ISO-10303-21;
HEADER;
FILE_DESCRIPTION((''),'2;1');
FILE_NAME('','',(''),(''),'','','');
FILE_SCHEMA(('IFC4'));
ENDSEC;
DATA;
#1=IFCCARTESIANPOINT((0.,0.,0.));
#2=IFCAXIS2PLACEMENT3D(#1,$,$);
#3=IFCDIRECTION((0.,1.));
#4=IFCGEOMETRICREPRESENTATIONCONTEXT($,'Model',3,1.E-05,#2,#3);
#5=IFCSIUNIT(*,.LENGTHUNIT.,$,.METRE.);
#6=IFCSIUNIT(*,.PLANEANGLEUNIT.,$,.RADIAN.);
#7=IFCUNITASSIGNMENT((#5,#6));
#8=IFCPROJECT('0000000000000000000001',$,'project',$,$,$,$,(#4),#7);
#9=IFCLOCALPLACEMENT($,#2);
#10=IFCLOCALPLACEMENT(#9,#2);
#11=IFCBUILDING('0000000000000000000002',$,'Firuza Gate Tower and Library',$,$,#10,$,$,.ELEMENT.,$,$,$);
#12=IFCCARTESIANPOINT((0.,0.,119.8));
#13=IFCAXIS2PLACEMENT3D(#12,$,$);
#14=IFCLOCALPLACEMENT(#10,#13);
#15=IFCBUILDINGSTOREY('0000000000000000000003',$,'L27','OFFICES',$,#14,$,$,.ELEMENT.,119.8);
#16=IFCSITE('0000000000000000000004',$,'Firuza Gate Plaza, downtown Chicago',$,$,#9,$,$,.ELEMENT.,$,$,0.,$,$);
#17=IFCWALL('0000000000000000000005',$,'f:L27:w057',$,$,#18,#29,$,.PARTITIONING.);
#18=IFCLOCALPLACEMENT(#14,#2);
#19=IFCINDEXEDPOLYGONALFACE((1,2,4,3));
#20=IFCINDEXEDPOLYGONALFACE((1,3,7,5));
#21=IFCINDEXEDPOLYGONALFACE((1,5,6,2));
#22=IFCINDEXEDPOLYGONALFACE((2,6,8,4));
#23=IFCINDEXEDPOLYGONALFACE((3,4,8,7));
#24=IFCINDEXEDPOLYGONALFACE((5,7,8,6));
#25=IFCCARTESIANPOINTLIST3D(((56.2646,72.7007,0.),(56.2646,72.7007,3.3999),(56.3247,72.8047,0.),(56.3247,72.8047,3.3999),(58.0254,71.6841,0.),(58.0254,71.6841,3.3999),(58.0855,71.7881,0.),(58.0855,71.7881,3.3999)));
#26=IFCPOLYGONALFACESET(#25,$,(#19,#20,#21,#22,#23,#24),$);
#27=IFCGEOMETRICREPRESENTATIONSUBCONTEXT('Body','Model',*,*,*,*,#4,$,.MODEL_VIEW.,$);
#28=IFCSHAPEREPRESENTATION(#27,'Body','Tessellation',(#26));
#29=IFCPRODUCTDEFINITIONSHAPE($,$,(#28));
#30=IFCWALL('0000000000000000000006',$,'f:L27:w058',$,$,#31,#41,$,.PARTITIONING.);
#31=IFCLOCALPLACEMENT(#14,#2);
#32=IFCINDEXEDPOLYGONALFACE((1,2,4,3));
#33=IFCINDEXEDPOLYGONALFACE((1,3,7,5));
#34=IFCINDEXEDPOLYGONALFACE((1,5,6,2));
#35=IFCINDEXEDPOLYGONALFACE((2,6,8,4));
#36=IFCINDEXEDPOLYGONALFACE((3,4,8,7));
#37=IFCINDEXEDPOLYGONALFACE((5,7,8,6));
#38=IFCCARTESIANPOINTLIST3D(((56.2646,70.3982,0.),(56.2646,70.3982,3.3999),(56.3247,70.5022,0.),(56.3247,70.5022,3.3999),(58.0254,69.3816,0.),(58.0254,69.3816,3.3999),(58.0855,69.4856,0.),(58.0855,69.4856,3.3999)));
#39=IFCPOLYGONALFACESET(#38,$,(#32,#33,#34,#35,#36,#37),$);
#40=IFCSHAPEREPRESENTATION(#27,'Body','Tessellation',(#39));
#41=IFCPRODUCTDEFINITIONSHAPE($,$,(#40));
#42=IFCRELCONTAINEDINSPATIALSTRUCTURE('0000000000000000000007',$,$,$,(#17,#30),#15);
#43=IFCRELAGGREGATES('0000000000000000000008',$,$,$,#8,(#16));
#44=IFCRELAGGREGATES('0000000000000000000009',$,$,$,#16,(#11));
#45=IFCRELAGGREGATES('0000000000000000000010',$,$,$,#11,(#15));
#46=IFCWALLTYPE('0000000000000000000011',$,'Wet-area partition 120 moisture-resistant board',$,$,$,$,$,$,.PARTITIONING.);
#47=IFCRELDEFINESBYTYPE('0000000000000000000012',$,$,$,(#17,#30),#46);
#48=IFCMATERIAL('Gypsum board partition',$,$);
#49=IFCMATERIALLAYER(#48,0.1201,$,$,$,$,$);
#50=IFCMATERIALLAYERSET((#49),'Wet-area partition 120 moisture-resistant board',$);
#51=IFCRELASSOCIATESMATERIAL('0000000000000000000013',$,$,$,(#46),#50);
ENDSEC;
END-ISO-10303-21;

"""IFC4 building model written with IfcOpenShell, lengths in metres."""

from ifc_helpers import new_model, si_unit, direction, frame, frame_2d, origin, place, context, subcontext, project, spatial, rectangle, extrude, material, layer, layer_set, type_object, element, save


model = new_model("IFC4")

# Units and contexts
model_context = context("Model", 3, precision=1e-05, world=origin(), true_north=direction((0.0, 1.0)))
body_context = subcontext(model_context, "Body", "Model", "MODEL_VIEW")
ifc_project = project(units=[si_unit("LENGTHUNIT", "METRE"), si_unit("PLANEANGLEUNIT", "RADIAN")], contexts=[model_context])

# Site, building, storey
site_placement = place(None, origin())
site = spatial("IfcSite", under=ifc_project, at=site_placement, Name="Firuza Gate Plaza, downtown Chicago", CompositionType="ELEMENT", RefElevation=0.0)
building_placement = place(site_placement, origin())
building = spatial("IfcBuilding", under=site, at=building_placement, Name="Firuza Gate Tower and Library", CompositionType="ELEMENT")
storey_placement = place(building_placement, frame((0.0, 0.0, 119.8)))
storey = spatial("IfcBuildingStorey", under=building, at=storey_placement, Name="L27", Description="OFFICES", CompositionType="ELEMENT", Elevation=119.8)

# Shared definitions
ifc_material_1 = material(Name="Gypsum board partition")
ifc_layer_1 = layer(ifc_material_1, 0.1201)
ifc_layer_set_1 = layer_set([ifc_layer_1], Name="Wet-area partition 120 moisture-resistant board")
wall_type_1 = type_object("IfcWallType", Name="Wet-area partition 120 moisture-resistant board", PredefinedType="PARTITIONING", material=ifc_layer_set_1)

# Walls
for number, where, z_axis, x_axis, name in (
    (1, (58.0554, 71.7361, 0.0), (0.0, 0.0, 1.0), (-0.866018, 0.500013, 0.0), "f:L27:w057"),
    (2, (58.0554, 69.4336, 0.0), (0.0, 0.0, 1.0), (-0.866018, 0.500013, 0.0), "f:L27:w058"),
):
    element("IfcWall", number, at=place(storey_placement, frame(where, z_axis=z_axis, x_axis=x_axis)), inside=storey, type_object=wall_type_1, Name=name, PredefinedType="PARTITIONING", context=body_context, shape_type="SweptSolid", body=[
        extrude(rectangle(XDim=2.0332, YDim=0.1201, at=frame_2d((1.0166, 0.0))), origin(), (0.0, 0.0, 1.0), 3.3999),
    ])

save(model, "model.ifc")
